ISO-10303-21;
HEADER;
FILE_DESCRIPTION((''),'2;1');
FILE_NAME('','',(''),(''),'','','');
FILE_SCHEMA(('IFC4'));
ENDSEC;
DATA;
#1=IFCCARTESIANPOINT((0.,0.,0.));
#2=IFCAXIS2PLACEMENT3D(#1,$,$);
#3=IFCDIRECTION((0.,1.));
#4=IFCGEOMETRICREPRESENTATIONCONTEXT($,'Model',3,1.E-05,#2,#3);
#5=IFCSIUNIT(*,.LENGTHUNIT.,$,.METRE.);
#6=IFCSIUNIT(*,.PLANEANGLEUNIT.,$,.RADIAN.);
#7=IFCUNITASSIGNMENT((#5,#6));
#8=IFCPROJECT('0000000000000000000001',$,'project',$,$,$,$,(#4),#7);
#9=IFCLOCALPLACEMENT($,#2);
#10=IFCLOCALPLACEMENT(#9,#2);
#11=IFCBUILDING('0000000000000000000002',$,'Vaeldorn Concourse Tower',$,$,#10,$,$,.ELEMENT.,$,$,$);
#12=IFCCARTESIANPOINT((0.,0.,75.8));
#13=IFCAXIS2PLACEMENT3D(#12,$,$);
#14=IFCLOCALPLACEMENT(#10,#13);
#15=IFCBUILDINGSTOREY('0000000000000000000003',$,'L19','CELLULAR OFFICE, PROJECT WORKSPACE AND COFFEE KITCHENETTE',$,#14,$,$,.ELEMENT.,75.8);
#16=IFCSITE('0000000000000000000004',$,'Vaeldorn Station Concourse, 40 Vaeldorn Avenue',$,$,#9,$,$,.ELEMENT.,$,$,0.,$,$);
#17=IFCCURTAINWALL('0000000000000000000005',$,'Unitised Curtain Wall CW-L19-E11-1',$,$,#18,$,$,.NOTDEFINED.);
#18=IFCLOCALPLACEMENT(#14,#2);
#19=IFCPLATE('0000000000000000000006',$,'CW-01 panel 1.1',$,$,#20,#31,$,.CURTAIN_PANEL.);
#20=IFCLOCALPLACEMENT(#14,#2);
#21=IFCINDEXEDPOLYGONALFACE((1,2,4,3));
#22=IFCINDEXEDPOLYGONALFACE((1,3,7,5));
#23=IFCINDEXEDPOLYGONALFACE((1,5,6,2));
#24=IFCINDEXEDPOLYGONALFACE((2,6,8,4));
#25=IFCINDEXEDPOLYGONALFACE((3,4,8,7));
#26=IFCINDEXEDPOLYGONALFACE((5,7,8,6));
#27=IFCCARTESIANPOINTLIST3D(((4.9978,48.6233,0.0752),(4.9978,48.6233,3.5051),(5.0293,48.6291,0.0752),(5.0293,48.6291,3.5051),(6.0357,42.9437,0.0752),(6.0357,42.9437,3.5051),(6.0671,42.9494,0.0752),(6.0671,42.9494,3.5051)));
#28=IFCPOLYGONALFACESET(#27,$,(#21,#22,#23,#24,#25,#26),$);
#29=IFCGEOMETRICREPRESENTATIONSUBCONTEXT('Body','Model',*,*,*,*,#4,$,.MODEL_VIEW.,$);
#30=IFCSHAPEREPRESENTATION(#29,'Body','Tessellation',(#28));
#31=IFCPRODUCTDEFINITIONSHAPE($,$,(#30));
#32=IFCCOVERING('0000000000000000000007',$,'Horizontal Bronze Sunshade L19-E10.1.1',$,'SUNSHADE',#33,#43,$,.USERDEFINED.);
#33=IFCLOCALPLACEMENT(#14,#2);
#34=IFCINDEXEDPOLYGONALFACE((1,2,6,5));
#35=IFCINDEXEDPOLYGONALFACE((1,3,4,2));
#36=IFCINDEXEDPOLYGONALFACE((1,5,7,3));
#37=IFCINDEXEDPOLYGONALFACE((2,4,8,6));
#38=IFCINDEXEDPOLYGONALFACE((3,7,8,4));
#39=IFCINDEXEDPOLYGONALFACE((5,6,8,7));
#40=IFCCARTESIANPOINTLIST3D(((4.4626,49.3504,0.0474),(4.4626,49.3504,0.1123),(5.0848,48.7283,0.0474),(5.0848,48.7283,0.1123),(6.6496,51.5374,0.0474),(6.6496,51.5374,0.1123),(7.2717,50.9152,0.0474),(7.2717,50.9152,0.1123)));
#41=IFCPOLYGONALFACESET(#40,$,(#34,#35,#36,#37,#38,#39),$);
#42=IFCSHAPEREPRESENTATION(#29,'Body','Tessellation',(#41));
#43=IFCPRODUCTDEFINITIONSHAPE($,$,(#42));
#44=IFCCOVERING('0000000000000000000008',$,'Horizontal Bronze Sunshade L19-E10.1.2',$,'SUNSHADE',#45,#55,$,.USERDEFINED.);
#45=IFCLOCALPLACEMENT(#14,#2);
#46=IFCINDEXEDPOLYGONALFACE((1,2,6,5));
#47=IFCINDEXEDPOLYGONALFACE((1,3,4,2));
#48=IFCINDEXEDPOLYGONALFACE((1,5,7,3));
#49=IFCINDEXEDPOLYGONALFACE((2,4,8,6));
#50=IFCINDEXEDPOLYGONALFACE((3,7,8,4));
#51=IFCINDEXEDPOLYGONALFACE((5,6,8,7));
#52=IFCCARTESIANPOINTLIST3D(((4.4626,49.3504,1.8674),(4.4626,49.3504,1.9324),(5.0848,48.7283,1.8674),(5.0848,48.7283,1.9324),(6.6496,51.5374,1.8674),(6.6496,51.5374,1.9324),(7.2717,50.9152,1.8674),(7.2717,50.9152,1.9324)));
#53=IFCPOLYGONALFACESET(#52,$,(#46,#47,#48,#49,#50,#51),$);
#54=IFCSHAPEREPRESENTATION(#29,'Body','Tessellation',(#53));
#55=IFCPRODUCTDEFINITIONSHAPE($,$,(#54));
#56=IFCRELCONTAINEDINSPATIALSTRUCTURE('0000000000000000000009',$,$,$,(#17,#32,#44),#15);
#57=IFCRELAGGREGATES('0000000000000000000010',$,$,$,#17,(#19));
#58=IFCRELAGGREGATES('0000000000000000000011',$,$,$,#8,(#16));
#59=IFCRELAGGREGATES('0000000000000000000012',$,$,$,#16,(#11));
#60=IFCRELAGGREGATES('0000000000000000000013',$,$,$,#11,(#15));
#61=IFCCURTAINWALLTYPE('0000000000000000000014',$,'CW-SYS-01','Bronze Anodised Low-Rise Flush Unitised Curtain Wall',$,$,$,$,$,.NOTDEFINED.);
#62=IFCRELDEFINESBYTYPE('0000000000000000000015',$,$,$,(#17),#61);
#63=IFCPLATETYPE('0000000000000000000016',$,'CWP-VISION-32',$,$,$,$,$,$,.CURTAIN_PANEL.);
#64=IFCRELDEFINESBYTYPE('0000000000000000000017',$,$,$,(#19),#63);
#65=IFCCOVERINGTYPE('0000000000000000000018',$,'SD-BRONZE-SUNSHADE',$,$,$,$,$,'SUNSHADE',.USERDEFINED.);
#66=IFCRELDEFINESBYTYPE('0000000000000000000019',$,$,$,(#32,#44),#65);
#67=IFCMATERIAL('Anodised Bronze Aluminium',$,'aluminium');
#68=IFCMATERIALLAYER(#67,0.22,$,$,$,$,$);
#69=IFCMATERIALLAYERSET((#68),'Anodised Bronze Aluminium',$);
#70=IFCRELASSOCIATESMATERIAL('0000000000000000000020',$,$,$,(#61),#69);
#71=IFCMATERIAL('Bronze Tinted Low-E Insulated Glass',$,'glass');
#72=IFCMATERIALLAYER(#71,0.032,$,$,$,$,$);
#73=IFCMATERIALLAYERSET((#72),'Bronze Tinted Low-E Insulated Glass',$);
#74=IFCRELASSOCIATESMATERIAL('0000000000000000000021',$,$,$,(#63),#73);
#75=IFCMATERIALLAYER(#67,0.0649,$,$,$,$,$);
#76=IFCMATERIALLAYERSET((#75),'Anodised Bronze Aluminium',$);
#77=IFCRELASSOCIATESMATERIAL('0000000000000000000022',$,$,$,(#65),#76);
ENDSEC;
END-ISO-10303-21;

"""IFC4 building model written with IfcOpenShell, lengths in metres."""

from ifc_helpers import new_model, si_unit, direction, frame, origin, origin_2d, place, context, subcontext, project, spatial, rectangle, extrude, source, transform, mapped, material, layer, layer_set, type_object, element, aggregate, save


model = new_model("IFC4")

# Units and contexts
model_context = context("Model", 3, precision=1e-05, world=origin(), true_north=direction((0.0, 1.0)))
body_context = subcontext(model_context, "Body", "Model", "MODEL_VIEW")
ifc_project = project(units=[si_unit("LENGTHUNIT", "METRE"), si_unit("PLANEANGLEUNIT", "RADIAN")], contexts=[model_context])

# Site, building, storey
site_placement = place(None, origin())
site = spatial("IfcSite", under=ifc_project, at=site_placement, Name="Vaeldorn Station Concourse, 40 Vaeldorn Avenue", CompositionType="ELEMENT", RefElevation=0.0)
building_placement = place(site_placement, origin())
building = spatial("IfcBuilding", under=site, at=building_placement, Name="Vaeldorn Concourse Tower", CompositionType="ELEMENT")
storey_placement = place(building_placement, frame((0.0, 0.0, 75.8)))
storey = spatial("IfcBuildingStorey", under=building, at=storey_placement, Name="L19", Description="CELLULAR OFFICE, PROJECT WORKSPACE AND COFFEE KITCHENETTE", CompositionType="ELEMENT", Elevation=75.8)

# Curtain wall
ifc_material_1 = material(Name="Anodised Bronze Aluminium", Category="aluminium")
ifc_layer_1 = layer(ifc_material_1, 0.22)
ifc_layer_set_1 = layer_set([ifc_layer_1], Name="Anodised Bronze Aluminium")
curtain_wall_type = type_object("IfcCurtainWallType", Name="CW-SYS-01", Description="Bronze Anodised Low-Rise Flush Unitised Curtain Wall", PredefinedType="NOTDEFINED", material=ifc_layer_set_1)
curtain_wall_1_placement = place(storey_placement, origin())
curtain_wall_1 = element("IfcCurtainWall", 1, at=curtain_wall_1_placement, inside=storey, type_object=curtain_wall_type, Name="Unitised Curtain Wall CW-L19-E11-1", PredefinedType="NOTDEFINED")

# Plate
ifc_material_2 = material(Name="Bronze Tinted Low-E Insulated Glass", Category="glass")
ifc_layer_2 = layer(ifc_material_2, 0.032)
ifc_layer_set_2 = layer_set([ifc_layer_2], Name="Bronze Tinted Low-E Insulated Glass")
plate_type = type_object("IfcPlateType", Name="CWP-VISION-32", PredefinedType="CURTAIN_PANEL", material=ifc_layer_set_2)
shared_shape_1 = source(origin(), body_context, "Body", "SweptSolid", [
    extrude(rectangle(XDim=5.7737, YDim=0.032, at=origin_2d()), origin(), (0.0, 0.0, 1.0), 3.4299),
])
plate_1_placement = place(storey_placement, frame((5.5325, 45.7864, 0.0752), z_axis=(0.0, 0.0, 1.0), x_axis=(0.179753, -0.983712, 0.0)))
plate_1 = element("IfcPlate", 2, at=plate_1_placement, type_object=plate_type, Name="CW-01 panel 1.1", PredefinedType="CURTAIN_PANEL", context=body_context, shape_type="MappedRepresentation", body=[
    mapped(shared_shape_1, transform((0.0, 0.0, 0.0), scale=1.0)),
])
aggregate(curtain_wall_1, [plate_1])

# Coverings
ifc_layer_3 = layer(ifc_material_1, 0.0649)
ifc_layer_set_3 = layer_set([ifc_layer_3], Name="Anodised Bronze Aluminium")
covering_type = type_object("IfcCoveringType", Name="SD-BRONZE-SUNSHADE", ElementType="SUNSHADE", PredefinedType="USERDEFINED", material=ifc_layer_set_3)
shared_shape_2 = source(origin(), body_context, "Body", "SweptSolid", [
    extrude(rectangle(XDim=3.0928, YDim=0.8799, at=origin_2d()), origin(), (0.0, 0.0, 1.0), 0.0649),
])
for number, where, z_axis, x_axis, name in (
    (3, (5.8672, 50.1328, 0.0474), (0.0, 0.0, 1.0), (-0.707107, -0.707107, 0.0), "Horizontal Bronze Sunshade L19-E10.1.1"),
    (4, (5.8672, 50.1328, 1.8674), (0.0, 0.0, 1.0), (-0.707107, -0.707107, 0.0), "Horizontal Bronze Sunshade L19-E10.1.2"),
):
    element("IfcCovering", number, at=place(storey_placement, frame(where, z_axis=z_axis, x_axis=x_axis)), inside=storey, type_object=covering_type, Name=name, ObjectType="SUNSHADE", PredefinedType="USERDEFINED", context=body_context, shape_type="MappedRepresentation", body=[
        mapped(shared_shape_2, transform((0.0, 0.0, 0.0), scale=1.0)),
    ])

save(model, "model.ifc")
